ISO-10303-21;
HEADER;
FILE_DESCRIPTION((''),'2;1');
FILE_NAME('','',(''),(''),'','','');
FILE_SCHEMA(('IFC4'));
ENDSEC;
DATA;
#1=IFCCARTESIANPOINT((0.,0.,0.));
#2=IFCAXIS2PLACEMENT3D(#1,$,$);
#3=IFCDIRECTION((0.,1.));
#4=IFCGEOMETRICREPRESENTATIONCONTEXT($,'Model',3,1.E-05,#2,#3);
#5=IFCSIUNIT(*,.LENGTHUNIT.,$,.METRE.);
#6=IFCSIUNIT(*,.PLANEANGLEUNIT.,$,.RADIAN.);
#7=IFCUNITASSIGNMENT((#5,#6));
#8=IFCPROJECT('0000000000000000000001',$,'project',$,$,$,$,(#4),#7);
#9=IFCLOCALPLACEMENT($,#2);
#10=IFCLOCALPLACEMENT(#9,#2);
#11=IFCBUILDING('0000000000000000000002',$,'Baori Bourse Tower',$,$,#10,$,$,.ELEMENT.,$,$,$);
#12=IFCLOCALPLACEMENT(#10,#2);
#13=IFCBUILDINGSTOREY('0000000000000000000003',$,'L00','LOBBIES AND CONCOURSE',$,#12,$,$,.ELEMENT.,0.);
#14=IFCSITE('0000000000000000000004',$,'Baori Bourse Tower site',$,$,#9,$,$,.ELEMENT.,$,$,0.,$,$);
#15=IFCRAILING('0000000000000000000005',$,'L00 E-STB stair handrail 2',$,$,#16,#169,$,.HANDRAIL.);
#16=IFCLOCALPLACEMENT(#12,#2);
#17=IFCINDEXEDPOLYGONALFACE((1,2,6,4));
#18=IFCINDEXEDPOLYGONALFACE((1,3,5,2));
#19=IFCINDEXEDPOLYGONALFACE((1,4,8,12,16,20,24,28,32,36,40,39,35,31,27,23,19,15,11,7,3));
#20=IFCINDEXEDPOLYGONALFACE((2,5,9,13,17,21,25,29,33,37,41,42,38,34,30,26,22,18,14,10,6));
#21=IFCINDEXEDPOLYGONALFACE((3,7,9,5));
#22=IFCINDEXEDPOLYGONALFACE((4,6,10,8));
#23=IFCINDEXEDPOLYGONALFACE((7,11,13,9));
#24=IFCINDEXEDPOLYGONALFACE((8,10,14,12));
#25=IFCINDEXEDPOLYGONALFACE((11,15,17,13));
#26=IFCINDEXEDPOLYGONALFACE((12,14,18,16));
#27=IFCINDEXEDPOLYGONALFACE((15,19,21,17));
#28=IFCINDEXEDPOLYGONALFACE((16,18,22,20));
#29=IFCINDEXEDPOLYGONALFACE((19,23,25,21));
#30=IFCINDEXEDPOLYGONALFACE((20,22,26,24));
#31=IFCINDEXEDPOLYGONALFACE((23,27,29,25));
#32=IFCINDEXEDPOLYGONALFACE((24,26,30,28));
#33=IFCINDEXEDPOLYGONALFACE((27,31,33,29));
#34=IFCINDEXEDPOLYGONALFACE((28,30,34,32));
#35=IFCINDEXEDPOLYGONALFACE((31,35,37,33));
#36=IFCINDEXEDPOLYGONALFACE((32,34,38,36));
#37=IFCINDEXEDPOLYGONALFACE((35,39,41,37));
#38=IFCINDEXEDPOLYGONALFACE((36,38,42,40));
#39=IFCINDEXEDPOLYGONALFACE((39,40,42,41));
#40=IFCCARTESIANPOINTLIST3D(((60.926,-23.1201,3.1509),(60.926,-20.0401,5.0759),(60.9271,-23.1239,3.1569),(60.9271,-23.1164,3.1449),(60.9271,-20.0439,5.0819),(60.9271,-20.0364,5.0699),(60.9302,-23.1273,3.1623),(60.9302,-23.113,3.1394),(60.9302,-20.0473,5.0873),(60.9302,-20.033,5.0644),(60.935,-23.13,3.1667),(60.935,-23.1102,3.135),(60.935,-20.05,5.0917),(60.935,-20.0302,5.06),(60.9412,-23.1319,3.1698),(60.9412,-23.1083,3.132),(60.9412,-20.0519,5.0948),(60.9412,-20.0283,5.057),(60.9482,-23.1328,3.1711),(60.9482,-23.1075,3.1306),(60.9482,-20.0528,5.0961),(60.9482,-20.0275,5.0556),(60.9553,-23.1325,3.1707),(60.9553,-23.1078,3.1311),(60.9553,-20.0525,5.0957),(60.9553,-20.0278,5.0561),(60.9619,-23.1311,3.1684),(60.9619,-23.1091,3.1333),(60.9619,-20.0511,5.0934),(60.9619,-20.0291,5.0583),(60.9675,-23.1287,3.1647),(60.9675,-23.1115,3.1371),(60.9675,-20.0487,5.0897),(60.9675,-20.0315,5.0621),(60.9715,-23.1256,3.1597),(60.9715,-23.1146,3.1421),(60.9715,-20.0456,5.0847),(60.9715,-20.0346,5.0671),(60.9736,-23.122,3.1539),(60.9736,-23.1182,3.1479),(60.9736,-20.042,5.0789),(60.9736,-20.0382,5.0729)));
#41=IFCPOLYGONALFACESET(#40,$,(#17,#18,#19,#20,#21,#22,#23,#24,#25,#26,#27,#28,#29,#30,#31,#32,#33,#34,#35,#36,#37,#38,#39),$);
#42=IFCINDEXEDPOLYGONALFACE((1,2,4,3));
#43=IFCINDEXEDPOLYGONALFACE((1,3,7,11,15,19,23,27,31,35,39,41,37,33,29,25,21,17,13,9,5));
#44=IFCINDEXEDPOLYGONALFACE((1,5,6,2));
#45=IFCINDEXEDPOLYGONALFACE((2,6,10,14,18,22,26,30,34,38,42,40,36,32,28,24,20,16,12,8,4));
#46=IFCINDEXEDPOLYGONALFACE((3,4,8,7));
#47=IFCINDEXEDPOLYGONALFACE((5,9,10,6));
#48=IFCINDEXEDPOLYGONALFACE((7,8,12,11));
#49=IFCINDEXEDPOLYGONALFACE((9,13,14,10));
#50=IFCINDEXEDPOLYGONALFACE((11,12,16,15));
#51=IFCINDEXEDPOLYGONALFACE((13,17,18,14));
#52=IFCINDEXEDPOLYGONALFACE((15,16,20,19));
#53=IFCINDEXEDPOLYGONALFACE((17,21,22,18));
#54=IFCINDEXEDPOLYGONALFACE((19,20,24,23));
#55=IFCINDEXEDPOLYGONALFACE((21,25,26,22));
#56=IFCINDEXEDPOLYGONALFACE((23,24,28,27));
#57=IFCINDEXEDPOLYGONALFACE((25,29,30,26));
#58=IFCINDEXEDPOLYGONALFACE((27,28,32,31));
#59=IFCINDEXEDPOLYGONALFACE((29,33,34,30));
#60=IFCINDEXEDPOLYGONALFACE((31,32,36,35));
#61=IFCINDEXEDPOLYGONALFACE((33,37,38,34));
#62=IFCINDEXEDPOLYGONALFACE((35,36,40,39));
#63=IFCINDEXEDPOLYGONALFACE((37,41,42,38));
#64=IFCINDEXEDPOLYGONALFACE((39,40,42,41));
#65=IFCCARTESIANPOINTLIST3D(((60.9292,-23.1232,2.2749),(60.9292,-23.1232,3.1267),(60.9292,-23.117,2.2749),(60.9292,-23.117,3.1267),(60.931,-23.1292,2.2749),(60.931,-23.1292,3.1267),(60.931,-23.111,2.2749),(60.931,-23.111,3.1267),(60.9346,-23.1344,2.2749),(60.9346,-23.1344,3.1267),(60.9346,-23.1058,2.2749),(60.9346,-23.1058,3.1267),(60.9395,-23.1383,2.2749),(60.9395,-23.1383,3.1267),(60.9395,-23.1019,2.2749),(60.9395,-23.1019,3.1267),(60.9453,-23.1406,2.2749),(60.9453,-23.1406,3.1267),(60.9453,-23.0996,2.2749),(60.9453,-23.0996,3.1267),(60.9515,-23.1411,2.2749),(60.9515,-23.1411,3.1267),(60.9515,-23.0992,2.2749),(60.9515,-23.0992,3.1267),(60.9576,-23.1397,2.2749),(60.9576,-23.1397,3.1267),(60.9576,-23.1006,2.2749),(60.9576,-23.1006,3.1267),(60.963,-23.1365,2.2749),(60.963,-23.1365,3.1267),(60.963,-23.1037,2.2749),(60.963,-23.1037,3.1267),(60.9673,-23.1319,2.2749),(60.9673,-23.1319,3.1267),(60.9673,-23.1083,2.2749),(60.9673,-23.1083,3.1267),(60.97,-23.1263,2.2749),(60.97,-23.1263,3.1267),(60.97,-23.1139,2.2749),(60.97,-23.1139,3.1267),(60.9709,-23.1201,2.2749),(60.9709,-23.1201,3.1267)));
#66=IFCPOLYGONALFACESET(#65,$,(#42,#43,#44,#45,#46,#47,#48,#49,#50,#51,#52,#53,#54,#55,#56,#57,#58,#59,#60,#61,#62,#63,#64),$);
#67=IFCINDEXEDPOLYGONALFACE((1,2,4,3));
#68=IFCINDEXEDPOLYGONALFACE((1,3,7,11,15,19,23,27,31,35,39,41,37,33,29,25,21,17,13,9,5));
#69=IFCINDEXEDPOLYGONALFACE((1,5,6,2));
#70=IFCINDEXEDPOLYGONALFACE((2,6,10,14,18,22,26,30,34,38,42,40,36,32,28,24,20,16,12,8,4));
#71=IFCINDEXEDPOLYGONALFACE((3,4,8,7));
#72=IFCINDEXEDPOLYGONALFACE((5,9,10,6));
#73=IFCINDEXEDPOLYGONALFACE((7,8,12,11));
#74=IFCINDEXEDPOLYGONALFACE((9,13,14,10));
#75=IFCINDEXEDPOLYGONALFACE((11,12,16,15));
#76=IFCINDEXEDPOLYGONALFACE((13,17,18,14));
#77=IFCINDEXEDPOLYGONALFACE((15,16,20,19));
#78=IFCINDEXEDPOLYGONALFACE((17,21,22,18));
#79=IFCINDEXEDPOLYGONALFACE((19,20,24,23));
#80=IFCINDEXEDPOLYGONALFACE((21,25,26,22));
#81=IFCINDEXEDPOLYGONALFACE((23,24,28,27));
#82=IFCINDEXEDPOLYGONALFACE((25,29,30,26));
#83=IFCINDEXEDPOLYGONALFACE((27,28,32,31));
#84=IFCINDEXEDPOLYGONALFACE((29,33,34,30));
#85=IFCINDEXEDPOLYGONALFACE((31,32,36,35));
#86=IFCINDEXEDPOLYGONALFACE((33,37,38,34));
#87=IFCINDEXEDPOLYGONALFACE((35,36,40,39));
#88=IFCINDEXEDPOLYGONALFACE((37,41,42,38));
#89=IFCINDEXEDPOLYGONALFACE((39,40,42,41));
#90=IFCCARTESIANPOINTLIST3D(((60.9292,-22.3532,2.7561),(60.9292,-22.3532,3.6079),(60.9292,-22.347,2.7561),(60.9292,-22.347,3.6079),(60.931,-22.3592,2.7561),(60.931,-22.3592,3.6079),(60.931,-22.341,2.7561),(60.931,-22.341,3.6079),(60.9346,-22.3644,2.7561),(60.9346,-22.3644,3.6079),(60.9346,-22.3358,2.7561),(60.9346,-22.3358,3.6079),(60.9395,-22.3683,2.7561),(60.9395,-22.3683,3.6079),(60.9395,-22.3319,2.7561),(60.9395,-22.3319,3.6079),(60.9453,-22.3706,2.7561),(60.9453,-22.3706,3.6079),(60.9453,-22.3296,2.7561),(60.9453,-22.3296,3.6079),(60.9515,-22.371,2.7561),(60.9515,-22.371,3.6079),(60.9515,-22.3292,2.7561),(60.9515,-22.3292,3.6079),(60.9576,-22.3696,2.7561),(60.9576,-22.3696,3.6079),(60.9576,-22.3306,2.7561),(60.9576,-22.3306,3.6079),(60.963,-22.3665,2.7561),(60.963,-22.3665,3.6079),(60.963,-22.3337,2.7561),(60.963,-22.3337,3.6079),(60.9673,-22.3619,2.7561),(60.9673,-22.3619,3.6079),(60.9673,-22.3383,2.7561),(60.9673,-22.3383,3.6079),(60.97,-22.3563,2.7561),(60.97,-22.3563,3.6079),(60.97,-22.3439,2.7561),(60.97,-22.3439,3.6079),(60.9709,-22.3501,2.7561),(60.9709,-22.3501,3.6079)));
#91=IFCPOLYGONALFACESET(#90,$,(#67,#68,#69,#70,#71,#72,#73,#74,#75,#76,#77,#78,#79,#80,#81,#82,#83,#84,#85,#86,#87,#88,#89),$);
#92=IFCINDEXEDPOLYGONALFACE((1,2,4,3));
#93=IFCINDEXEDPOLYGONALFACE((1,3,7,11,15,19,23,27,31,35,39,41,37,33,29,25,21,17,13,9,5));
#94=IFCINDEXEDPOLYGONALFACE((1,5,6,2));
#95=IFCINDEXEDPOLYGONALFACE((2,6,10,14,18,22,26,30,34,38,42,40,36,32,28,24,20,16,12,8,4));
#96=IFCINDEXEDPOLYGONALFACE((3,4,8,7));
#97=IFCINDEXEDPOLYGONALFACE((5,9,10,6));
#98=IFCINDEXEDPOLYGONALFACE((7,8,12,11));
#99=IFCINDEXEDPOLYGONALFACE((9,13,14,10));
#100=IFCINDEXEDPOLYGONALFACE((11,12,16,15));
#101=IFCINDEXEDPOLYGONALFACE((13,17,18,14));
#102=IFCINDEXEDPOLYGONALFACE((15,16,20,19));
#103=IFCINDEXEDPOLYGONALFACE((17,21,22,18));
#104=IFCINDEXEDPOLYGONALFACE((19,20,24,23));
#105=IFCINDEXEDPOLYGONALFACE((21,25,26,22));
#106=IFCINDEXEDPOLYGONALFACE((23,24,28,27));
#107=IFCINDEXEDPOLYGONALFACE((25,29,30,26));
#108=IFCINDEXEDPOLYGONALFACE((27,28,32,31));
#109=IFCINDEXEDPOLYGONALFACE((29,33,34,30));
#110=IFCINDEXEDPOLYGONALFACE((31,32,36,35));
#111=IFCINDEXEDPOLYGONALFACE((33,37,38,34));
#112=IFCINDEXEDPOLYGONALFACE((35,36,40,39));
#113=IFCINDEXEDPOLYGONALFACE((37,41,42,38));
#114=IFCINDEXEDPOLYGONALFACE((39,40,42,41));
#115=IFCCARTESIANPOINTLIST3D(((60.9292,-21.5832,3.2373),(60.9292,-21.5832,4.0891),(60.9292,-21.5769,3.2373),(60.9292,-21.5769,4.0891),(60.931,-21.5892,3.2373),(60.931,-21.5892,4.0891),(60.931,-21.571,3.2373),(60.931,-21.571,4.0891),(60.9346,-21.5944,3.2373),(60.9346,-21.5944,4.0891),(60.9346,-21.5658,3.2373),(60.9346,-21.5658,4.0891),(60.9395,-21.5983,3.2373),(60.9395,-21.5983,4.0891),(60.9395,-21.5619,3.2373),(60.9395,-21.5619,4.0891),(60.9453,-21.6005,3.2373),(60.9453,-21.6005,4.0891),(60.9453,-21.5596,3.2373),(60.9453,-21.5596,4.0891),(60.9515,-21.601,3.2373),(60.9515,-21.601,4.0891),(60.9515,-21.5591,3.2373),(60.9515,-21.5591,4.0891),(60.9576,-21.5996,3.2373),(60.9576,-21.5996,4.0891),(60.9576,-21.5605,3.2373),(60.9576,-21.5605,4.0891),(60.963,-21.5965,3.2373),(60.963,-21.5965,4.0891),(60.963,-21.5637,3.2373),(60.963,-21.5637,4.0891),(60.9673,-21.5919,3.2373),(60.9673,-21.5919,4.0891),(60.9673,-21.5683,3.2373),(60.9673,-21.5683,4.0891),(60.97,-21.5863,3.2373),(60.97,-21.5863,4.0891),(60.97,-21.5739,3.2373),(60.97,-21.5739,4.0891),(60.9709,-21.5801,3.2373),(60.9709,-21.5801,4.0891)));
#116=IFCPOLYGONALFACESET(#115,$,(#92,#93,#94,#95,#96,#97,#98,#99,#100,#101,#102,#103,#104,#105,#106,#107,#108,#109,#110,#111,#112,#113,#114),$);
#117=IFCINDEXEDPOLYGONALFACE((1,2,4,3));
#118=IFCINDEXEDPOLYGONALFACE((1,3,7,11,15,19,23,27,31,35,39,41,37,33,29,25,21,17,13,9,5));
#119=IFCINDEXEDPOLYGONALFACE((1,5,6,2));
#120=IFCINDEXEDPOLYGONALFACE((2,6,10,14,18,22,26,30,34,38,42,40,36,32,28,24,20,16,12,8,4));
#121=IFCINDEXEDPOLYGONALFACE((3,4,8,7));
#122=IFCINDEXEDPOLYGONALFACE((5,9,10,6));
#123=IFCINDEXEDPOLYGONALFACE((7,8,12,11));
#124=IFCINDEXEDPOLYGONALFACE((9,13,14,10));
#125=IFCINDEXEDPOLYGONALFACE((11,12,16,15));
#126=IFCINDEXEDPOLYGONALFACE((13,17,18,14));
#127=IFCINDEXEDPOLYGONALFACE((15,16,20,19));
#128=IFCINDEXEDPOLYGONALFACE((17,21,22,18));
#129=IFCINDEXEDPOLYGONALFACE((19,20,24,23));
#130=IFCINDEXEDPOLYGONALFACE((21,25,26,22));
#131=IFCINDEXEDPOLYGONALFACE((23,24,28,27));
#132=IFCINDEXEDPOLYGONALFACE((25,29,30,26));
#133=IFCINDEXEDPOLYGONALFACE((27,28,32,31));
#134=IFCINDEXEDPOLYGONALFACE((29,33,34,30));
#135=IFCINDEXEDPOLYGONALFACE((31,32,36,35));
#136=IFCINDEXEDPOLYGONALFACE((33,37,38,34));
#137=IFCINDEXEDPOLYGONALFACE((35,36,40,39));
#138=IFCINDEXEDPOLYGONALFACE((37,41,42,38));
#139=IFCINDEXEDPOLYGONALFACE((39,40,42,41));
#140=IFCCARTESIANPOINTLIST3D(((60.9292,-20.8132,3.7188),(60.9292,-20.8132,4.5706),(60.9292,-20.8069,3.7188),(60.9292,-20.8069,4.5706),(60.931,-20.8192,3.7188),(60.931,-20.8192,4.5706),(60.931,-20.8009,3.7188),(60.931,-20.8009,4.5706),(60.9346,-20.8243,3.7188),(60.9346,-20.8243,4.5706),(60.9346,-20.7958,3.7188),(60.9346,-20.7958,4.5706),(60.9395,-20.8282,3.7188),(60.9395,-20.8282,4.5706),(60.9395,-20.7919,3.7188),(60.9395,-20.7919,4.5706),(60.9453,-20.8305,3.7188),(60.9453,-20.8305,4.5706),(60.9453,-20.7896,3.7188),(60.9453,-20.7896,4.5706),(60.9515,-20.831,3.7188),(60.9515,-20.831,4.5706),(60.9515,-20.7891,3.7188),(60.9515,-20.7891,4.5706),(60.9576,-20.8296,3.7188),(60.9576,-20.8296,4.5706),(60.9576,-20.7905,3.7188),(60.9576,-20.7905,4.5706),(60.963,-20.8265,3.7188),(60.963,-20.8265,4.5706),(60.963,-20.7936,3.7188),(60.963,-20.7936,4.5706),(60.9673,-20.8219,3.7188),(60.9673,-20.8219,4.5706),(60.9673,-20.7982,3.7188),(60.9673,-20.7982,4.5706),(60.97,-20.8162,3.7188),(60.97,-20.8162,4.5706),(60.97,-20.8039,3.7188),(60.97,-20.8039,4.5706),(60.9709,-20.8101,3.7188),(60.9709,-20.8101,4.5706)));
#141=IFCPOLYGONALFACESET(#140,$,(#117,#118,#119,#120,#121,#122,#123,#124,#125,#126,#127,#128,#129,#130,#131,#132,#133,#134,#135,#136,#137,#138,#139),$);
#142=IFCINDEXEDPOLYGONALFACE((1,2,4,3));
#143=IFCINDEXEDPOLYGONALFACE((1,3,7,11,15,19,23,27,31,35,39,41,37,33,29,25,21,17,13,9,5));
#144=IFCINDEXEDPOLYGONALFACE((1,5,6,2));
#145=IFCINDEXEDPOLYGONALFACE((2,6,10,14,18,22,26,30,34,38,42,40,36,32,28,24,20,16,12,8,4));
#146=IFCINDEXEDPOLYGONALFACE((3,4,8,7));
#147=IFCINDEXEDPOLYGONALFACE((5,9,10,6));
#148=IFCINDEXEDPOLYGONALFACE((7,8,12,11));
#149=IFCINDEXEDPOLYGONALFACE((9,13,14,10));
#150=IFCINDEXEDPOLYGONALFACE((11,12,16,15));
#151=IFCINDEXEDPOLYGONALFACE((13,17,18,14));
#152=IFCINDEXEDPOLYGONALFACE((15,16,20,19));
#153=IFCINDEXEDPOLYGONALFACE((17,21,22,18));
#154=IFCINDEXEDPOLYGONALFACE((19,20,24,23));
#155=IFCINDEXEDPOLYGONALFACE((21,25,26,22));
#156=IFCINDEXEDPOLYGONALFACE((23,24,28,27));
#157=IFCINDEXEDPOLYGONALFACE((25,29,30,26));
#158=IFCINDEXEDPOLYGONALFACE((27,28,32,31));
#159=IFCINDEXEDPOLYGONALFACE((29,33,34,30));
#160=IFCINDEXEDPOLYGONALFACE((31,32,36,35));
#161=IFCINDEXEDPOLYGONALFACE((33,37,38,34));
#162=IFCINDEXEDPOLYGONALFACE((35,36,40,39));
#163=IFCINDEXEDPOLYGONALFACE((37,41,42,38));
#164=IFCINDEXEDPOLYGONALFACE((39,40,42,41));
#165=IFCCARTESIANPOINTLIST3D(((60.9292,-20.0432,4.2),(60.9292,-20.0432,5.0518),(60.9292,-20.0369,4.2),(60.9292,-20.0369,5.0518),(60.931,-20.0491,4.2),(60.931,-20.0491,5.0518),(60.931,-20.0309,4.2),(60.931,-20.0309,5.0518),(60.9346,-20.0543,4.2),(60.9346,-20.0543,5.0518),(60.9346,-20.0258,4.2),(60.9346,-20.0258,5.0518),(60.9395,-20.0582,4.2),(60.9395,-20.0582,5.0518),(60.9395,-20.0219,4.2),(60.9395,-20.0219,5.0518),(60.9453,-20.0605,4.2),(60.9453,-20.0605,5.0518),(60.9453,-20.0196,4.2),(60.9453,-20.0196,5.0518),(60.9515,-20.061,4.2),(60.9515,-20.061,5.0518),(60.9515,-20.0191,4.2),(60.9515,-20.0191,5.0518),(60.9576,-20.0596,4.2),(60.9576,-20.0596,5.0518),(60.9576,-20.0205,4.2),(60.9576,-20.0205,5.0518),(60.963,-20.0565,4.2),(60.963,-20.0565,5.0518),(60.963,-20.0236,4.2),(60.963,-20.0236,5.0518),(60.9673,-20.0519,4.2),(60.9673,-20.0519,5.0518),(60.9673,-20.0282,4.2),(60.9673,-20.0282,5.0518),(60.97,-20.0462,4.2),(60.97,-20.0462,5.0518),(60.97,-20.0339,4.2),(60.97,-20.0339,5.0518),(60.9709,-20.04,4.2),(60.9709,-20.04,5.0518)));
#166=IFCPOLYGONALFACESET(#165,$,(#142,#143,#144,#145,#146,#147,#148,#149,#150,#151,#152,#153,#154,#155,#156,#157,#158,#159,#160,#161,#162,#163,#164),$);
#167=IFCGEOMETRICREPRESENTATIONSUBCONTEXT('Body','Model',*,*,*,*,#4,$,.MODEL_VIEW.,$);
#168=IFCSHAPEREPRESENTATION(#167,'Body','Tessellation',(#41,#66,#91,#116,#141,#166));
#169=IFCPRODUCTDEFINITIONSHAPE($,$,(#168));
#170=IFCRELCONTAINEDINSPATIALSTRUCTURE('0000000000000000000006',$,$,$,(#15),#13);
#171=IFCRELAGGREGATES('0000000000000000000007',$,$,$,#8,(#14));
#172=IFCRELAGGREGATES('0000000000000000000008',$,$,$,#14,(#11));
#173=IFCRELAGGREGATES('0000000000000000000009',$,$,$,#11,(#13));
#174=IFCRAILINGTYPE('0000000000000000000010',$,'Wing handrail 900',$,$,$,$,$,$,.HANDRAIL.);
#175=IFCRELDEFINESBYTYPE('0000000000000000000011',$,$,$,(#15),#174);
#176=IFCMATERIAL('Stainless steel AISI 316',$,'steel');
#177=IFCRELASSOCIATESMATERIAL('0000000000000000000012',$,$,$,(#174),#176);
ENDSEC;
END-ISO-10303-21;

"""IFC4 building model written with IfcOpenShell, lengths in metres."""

from ifc_helpers import new_model, si_unit, direction, frame, origin, origin_2d, place, context, subcontext, project, spatial, circle, extrude, material, type_object, element, save


model = new_model("IFC4")

# Units and contexts
model_context = context("Model", 3, precision=1e-05, world=origin(), true_north=direction((0.0, 1.0)))
body_context = subcontext(model_context, "Body", "Model", "MODEL_VIEW")
ifc_project = project(units=[si_unit("LENGTHUNIT", "METRE"), si_unit("PLANEANGLEUNIT", "RADIAN")], contexts=[model_context])

# Site, building, storey
site_placement = place(None, origin())
site = spatial("IfcSite", under=ifc_project, at=site_placement, Name="Baori Bourse Tower site", CompositionType="ELEMENT", RefElevation=0.0)
building_placement = place(site_placement, origin())
building = spatial("IfcBuilding", under=site, at=building_placement, Name="Baori Bourse Tower", CompositionType="ELEMENT")
storey_placement = place(building_placement, origin())
storey = spatial("IfcBuildingStorey", under=building, at=storey_placement, Name="L00", Description="LOBBIES AND CONCOURSE", CompositionType="ELEMENT", Elevation=0.0)

# Railing
ifc_material_1 = material(Name="Stainless steel AISI 316", Category="steel")
railing_type_1 = type_object("IfcRailingType", Name="Wing handrail 900", PredefinedType="HANDRAIL", material=ifc_material_1)
railing_1_placement = place(storey_placement, frame((60.95, -23.1201, 2.2749)))
element("IfcRailing", 1, at=railing_1_placement, inside=storey, type_object=railing_type_1, Name="L00 E-STB stair handrail 2", PredefinedType="HANDRAIL", context=body_context, shape_type="SweptSolid", body=[
    extrude(circle(Radius=0.0239, at=origin_2d()), frame((0.0, 0.0, 0.876), z_axis=(0.0, 0.847998, 0.529999), x_axis=(-1.0, 0.0, 0.0)), (0.0, 0.0, 1.0), 3.6321),
    extrude(circle(Radius=0.021, at=origin_2d()), origin(), (0.0, 0.0, 1.0), 0.8518),
    extrude(circle(Radius=0.021, at=origin_2d()), frame((0.0, 0.77, 0.4812)), (0.0, 0.0, 1.0), 0.8518),
    extrude(circle(Radius=0.021, at=origin_2d()), frame((0.0, 1.54, 0.9624)), (0.0, 0.0, 1.0), 0.8518),
    extrude(circle(Radius=0.021, at=origin_2d()), frame((0.0, 2.3101, 1.4438)), (0.0, 0.0, 1.0), 0.8518),
    extrude(circle(Radius=0.021, at=origin_2d()), frame((0.0, 3.0801, 1.925)), (0.0, 0.0, 1.0), 0.8518),
])

save(model, "model.ifc")
